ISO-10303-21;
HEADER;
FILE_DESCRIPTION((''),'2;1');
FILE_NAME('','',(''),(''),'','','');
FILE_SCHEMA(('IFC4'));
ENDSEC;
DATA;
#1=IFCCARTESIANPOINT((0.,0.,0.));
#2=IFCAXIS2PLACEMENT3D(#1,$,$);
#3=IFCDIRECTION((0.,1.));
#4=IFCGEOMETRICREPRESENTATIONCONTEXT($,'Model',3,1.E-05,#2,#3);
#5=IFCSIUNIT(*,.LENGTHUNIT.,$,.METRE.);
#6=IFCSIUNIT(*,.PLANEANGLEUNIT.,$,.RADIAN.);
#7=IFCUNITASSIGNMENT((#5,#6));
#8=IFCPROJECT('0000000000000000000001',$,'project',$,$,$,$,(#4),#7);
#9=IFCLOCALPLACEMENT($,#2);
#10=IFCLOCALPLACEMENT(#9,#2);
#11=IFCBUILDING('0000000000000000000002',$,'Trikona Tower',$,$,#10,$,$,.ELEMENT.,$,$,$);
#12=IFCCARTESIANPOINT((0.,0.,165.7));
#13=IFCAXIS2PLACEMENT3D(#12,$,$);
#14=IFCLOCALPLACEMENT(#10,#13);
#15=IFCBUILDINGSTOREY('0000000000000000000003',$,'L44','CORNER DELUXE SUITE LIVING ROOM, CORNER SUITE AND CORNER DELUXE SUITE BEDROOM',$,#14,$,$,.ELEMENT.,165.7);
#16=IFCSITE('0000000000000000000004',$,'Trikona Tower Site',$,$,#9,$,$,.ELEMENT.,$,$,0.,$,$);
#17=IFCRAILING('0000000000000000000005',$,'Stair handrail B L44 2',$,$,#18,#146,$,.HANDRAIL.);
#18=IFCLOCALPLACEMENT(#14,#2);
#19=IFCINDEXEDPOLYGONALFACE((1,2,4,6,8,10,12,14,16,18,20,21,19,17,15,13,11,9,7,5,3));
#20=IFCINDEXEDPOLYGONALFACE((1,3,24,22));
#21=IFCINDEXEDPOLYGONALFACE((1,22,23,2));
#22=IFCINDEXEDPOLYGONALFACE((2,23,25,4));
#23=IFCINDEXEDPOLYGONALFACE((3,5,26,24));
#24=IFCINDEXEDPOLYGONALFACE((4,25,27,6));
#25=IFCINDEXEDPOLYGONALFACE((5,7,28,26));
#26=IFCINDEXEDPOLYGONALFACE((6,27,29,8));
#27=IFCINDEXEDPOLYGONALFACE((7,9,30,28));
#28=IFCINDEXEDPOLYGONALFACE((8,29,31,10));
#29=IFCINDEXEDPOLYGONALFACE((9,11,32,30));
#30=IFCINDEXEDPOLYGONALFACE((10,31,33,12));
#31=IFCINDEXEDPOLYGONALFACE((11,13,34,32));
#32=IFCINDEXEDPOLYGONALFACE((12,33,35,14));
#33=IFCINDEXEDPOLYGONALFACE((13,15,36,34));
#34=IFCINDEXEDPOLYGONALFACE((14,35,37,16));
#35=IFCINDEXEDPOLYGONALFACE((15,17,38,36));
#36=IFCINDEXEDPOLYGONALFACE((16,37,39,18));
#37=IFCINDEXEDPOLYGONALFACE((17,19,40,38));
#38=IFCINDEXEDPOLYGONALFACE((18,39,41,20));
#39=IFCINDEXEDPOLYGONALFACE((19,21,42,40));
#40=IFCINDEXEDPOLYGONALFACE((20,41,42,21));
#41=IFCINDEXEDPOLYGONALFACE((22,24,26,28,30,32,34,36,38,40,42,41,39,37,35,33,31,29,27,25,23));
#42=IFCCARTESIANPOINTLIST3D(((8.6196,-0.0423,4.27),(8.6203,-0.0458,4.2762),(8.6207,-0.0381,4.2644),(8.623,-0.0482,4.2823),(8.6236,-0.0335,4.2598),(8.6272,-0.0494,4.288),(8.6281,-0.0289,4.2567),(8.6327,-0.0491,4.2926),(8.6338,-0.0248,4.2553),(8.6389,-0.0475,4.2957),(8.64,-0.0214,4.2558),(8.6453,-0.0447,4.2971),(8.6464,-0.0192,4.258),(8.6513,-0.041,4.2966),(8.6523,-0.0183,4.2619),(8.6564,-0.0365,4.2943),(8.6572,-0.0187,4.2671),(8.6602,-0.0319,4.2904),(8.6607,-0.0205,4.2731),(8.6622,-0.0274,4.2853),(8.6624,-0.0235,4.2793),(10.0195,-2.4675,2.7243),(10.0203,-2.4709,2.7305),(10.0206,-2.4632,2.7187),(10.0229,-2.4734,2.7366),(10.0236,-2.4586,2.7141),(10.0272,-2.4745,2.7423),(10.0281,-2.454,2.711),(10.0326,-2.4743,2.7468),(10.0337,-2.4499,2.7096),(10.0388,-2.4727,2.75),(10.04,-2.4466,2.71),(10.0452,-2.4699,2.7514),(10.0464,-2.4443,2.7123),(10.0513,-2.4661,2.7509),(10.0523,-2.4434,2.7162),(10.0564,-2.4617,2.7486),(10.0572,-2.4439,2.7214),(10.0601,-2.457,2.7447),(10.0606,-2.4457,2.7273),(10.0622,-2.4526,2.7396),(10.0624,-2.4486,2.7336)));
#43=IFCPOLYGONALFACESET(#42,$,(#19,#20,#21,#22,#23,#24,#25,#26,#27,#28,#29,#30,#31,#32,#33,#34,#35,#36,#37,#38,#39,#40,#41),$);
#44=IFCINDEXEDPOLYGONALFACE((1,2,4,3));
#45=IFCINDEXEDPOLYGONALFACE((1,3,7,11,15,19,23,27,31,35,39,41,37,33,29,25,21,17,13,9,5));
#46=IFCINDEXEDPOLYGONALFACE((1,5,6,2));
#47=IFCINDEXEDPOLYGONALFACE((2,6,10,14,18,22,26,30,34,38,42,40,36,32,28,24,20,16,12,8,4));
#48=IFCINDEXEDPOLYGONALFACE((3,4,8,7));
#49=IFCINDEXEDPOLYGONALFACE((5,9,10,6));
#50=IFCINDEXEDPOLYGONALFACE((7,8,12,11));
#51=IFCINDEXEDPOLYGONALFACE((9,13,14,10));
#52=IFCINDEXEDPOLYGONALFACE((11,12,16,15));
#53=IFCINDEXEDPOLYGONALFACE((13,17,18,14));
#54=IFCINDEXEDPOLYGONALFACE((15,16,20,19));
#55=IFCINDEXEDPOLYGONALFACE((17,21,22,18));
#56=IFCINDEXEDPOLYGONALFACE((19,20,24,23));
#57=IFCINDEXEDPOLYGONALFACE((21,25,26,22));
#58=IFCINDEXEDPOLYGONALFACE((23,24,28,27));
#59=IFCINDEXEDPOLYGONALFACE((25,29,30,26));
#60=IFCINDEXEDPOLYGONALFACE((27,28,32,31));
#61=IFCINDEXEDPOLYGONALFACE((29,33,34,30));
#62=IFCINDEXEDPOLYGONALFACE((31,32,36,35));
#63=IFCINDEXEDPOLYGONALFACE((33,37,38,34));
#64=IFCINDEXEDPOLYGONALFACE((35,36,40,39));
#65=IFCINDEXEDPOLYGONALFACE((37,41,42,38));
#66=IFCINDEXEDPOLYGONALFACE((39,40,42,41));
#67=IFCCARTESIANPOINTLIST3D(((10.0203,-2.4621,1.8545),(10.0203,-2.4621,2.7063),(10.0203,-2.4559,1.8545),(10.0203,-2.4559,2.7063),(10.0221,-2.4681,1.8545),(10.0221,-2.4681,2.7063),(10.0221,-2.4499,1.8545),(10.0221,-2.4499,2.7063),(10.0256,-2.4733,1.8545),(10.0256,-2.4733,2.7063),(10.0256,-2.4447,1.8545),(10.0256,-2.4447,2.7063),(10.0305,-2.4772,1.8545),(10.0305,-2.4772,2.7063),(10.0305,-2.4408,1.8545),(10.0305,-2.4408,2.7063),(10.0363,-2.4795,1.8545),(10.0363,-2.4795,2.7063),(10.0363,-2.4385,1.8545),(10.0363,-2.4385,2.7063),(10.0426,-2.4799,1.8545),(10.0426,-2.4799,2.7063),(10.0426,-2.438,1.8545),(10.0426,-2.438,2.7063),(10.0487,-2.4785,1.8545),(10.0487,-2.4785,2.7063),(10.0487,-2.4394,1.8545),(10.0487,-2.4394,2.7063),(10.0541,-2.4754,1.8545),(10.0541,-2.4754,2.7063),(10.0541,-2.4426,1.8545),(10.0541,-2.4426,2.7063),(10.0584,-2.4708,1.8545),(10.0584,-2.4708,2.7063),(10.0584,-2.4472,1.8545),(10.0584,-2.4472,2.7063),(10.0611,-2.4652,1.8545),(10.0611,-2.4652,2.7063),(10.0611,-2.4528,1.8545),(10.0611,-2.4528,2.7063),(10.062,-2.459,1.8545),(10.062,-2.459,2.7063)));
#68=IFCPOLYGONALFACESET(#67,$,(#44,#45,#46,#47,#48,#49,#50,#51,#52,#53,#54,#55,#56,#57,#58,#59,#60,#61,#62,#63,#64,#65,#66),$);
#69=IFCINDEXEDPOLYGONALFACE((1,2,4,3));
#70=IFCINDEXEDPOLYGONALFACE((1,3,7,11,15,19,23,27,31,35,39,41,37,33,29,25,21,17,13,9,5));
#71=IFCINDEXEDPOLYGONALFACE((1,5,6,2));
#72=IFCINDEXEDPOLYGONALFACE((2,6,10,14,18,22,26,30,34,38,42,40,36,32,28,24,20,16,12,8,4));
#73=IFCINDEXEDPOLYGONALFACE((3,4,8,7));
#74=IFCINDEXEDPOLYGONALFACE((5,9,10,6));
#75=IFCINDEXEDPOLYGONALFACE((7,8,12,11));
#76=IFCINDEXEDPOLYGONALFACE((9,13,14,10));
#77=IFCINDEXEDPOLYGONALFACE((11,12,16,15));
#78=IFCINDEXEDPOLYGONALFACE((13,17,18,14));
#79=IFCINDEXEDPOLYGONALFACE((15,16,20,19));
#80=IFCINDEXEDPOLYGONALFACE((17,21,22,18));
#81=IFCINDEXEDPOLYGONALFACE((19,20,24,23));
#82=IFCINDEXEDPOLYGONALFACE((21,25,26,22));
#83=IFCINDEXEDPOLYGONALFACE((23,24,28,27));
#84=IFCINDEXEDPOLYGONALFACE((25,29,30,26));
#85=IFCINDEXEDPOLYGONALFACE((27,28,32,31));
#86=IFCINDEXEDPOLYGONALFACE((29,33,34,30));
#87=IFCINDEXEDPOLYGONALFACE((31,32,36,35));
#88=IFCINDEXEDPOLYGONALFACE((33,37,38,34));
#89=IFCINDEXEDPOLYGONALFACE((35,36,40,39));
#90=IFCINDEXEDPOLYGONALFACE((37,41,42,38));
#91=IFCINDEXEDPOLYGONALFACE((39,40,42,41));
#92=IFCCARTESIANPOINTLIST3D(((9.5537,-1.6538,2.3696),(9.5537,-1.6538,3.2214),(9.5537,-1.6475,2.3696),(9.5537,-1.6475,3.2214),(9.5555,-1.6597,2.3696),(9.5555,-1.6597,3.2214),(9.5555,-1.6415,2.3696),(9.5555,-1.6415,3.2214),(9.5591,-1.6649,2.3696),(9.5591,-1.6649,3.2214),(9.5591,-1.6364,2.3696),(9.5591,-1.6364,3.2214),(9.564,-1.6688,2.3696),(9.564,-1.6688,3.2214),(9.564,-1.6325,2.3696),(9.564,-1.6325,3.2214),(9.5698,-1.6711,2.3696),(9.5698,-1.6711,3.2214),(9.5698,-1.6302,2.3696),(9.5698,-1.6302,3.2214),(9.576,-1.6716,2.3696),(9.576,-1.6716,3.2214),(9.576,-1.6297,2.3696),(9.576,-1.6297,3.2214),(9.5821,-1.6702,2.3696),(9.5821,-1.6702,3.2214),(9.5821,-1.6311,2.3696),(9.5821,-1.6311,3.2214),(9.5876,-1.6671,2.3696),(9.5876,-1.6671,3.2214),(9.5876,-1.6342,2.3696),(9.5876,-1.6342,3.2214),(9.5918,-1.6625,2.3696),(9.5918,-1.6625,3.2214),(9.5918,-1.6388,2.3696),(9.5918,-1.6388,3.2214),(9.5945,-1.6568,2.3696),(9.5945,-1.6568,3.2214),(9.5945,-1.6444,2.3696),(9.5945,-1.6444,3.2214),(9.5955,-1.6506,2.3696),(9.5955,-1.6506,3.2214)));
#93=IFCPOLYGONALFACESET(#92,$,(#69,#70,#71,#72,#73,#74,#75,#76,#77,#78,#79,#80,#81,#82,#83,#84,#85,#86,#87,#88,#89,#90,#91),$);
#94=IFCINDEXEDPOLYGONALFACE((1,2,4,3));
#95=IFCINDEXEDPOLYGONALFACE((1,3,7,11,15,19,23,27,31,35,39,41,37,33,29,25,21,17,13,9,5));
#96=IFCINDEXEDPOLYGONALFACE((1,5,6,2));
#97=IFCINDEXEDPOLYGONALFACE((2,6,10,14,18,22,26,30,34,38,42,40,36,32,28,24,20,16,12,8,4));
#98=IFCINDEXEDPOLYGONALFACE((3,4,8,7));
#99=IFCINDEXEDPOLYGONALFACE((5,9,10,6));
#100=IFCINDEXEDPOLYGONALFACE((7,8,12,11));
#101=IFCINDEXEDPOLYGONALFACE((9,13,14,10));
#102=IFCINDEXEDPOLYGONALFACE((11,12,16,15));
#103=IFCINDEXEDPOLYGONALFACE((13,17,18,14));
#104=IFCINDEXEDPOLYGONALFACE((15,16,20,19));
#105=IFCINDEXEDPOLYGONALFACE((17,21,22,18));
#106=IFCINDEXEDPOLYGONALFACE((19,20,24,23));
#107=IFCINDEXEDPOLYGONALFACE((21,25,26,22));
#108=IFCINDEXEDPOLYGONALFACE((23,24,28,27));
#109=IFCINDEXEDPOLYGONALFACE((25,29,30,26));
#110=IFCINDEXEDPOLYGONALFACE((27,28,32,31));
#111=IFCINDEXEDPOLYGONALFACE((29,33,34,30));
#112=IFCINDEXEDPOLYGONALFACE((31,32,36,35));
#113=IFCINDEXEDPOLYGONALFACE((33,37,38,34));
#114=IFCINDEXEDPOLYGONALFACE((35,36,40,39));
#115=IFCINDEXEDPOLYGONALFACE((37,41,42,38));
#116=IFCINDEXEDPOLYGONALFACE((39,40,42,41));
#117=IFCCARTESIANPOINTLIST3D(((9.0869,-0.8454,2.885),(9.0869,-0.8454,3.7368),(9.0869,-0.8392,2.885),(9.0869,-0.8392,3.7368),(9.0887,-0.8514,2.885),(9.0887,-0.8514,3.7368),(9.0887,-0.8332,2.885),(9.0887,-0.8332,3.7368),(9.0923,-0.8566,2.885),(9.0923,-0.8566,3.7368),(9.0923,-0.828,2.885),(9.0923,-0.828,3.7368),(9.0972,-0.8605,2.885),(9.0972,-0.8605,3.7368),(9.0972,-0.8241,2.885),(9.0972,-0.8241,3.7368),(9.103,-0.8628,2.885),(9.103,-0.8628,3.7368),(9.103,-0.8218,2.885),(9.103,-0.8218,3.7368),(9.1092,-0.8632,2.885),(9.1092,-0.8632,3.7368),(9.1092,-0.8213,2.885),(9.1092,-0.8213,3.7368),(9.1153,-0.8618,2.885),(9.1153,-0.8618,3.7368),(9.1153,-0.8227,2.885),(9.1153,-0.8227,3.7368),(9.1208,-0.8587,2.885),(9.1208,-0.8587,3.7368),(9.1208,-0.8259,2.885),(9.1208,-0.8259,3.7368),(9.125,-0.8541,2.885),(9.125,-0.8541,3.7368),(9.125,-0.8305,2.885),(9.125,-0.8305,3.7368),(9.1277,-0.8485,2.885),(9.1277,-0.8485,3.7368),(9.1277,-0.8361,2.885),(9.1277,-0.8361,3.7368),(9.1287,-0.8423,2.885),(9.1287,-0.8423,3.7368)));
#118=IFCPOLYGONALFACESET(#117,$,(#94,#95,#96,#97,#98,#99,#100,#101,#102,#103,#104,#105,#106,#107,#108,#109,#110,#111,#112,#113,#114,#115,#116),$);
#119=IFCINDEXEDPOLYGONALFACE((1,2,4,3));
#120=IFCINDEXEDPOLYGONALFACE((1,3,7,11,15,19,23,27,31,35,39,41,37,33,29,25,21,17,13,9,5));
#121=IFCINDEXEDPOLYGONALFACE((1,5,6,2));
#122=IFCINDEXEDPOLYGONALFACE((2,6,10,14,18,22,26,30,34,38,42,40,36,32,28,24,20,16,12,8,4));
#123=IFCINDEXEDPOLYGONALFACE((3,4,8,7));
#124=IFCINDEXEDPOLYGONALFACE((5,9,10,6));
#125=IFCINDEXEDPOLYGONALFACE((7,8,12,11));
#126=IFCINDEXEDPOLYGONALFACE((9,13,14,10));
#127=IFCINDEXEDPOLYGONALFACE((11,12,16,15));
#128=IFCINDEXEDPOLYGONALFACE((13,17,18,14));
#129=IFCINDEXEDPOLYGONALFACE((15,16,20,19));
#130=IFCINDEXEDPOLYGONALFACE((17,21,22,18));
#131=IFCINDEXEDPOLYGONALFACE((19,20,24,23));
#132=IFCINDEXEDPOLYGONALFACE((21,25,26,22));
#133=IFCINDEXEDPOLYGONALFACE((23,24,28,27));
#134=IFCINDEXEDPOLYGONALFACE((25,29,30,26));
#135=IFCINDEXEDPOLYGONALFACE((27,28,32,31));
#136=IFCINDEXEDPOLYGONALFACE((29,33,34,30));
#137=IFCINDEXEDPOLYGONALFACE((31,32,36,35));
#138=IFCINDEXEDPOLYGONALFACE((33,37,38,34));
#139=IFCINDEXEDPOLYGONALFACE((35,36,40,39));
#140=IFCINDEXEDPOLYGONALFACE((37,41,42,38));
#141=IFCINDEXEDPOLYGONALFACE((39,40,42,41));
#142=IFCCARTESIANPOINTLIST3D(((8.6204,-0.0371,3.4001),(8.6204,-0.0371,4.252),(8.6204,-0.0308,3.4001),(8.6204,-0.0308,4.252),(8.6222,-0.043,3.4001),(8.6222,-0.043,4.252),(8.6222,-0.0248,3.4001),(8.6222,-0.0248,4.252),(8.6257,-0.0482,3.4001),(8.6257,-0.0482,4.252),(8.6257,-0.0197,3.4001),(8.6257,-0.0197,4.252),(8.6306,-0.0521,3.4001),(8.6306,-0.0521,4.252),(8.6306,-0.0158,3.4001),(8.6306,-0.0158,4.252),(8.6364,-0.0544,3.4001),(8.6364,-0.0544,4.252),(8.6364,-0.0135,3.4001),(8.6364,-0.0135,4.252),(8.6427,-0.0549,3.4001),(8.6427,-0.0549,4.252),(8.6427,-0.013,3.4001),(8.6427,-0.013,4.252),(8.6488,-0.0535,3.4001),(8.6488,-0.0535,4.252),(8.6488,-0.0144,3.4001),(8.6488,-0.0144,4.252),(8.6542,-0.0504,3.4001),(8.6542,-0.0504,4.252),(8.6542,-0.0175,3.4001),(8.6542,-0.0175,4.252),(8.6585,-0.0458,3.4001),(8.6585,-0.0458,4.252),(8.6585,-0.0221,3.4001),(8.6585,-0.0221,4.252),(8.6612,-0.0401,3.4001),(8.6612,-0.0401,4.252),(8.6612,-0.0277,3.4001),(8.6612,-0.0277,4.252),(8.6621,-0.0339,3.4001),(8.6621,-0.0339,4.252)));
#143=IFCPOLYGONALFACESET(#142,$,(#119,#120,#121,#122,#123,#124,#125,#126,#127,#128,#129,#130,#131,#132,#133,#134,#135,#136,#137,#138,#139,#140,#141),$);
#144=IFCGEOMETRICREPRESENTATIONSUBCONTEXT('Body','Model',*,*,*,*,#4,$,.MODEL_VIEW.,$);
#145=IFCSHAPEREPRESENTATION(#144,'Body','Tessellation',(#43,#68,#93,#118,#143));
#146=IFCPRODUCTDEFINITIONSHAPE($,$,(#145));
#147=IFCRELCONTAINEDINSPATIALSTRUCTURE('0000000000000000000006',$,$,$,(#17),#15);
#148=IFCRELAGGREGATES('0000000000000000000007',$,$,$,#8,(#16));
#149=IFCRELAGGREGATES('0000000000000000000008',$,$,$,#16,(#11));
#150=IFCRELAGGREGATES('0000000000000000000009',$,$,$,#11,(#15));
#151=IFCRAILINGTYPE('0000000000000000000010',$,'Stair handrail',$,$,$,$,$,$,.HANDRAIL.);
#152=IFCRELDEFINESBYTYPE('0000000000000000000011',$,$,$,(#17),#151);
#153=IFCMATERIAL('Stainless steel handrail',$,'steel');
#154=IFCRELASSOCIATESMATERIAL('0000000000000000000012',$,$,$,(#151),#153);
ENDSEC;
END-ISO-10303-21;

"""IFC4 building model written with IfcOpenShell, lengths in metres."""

from ifc_helpers import new_model, si_unit, direction, frame, origin, origin_2d, place, context, subcontext, project, spatial, circle, extrude, material, type_object, element, save


model = new_model("IFC4")

# Units and contexts
model_context = context("Model", 3, precision=1e-05, world=origin(), true_north=direction((0.0, 1.0)))
body_context = subcontext(model_context, "Body", "Model", "MODEL_VIEW")
ifc_project = project(units=[si_unit("LENGTHUNIT", "METRE"), si_unit("PLANEANGLEUNIT", "RADIAN")], contexts=[model_context])

# Site, building, storey
site_placement = place(None, origin())
site = spatial("IfcSite", under=ifc_project, at=site_placement, Name="Trikona Tower Site", CompositionType="ELEMENT", RefElevation=0.0)
building_placement = place(site_placement, origin())
building = spatial("IfcBuilding", under=site, at=building_placement, Name="Trikona Tower", CompositionType="ELEMENT")
storey_placement = place(building_placement, frame((0.0, 0.0, 165.7)))
storey = spatial("IfcBuildingStorey", under=building, at=storey_placement, Name="L44", Description="CORNER DELUXE SUITE LIVING ROOM, CORNER SUITE AND CORNER DELUXE SUITE BEDROOM", CompositionType="ELEMENT", Elevation=165.7)

# Railing
ifc_material_1 = material(Name="Stainless steel handrail", Category="steel")
railing_type = type_object("IfcRailingType", Name="Stair handrail", PredefinedType="HANDRAIL", material=ifc_material_1)
railing_placement = place(storey_placement, frame((10.041, -2.459, 1.8545)))
element("IfcRailing", 1, at=railing_placement, inside=storey, type_object=railing_type, Name="Stair handrail B L44 2", PredefinedType="HANDRAIL", context=body_context, shape_type="SweptSolid", body=[
    extrude(circle(Radius=0.0239, at=origin_2d()), frame((0.0, 0.0, 0.876), z_axis=(-0.437691, 0.758212, 0.483262), x_axis=(-0.866056, -0.499946, 0.0)), (0.0, 0.0, 1.0), 3.1985),
    extrude(circle(Radius=0.021, at=origin_2d()), origin(), (0.0, 0.0, 1.0), 0.8518),
    extrude(circle(Radius=0.021, at=origin_2d()), frame((-0.4666, 0.8083, 0.5151)), (0.0, 0.0, 1.0), 0.8518),
    extrude(circle(Radius=0.021, at=origin_2d()), frame((-0.9333, 1.6167, 1.0305)), (0.0, 0.0, 1.0), 0.8518),
    extrude(circle(Radius=0.021, at=origin_2d()), frame((-1.3999, 2.425, 1.5457)), (0.0, 0.0, 1.0), 0.8518),
])

save(model, "model.ifc")
